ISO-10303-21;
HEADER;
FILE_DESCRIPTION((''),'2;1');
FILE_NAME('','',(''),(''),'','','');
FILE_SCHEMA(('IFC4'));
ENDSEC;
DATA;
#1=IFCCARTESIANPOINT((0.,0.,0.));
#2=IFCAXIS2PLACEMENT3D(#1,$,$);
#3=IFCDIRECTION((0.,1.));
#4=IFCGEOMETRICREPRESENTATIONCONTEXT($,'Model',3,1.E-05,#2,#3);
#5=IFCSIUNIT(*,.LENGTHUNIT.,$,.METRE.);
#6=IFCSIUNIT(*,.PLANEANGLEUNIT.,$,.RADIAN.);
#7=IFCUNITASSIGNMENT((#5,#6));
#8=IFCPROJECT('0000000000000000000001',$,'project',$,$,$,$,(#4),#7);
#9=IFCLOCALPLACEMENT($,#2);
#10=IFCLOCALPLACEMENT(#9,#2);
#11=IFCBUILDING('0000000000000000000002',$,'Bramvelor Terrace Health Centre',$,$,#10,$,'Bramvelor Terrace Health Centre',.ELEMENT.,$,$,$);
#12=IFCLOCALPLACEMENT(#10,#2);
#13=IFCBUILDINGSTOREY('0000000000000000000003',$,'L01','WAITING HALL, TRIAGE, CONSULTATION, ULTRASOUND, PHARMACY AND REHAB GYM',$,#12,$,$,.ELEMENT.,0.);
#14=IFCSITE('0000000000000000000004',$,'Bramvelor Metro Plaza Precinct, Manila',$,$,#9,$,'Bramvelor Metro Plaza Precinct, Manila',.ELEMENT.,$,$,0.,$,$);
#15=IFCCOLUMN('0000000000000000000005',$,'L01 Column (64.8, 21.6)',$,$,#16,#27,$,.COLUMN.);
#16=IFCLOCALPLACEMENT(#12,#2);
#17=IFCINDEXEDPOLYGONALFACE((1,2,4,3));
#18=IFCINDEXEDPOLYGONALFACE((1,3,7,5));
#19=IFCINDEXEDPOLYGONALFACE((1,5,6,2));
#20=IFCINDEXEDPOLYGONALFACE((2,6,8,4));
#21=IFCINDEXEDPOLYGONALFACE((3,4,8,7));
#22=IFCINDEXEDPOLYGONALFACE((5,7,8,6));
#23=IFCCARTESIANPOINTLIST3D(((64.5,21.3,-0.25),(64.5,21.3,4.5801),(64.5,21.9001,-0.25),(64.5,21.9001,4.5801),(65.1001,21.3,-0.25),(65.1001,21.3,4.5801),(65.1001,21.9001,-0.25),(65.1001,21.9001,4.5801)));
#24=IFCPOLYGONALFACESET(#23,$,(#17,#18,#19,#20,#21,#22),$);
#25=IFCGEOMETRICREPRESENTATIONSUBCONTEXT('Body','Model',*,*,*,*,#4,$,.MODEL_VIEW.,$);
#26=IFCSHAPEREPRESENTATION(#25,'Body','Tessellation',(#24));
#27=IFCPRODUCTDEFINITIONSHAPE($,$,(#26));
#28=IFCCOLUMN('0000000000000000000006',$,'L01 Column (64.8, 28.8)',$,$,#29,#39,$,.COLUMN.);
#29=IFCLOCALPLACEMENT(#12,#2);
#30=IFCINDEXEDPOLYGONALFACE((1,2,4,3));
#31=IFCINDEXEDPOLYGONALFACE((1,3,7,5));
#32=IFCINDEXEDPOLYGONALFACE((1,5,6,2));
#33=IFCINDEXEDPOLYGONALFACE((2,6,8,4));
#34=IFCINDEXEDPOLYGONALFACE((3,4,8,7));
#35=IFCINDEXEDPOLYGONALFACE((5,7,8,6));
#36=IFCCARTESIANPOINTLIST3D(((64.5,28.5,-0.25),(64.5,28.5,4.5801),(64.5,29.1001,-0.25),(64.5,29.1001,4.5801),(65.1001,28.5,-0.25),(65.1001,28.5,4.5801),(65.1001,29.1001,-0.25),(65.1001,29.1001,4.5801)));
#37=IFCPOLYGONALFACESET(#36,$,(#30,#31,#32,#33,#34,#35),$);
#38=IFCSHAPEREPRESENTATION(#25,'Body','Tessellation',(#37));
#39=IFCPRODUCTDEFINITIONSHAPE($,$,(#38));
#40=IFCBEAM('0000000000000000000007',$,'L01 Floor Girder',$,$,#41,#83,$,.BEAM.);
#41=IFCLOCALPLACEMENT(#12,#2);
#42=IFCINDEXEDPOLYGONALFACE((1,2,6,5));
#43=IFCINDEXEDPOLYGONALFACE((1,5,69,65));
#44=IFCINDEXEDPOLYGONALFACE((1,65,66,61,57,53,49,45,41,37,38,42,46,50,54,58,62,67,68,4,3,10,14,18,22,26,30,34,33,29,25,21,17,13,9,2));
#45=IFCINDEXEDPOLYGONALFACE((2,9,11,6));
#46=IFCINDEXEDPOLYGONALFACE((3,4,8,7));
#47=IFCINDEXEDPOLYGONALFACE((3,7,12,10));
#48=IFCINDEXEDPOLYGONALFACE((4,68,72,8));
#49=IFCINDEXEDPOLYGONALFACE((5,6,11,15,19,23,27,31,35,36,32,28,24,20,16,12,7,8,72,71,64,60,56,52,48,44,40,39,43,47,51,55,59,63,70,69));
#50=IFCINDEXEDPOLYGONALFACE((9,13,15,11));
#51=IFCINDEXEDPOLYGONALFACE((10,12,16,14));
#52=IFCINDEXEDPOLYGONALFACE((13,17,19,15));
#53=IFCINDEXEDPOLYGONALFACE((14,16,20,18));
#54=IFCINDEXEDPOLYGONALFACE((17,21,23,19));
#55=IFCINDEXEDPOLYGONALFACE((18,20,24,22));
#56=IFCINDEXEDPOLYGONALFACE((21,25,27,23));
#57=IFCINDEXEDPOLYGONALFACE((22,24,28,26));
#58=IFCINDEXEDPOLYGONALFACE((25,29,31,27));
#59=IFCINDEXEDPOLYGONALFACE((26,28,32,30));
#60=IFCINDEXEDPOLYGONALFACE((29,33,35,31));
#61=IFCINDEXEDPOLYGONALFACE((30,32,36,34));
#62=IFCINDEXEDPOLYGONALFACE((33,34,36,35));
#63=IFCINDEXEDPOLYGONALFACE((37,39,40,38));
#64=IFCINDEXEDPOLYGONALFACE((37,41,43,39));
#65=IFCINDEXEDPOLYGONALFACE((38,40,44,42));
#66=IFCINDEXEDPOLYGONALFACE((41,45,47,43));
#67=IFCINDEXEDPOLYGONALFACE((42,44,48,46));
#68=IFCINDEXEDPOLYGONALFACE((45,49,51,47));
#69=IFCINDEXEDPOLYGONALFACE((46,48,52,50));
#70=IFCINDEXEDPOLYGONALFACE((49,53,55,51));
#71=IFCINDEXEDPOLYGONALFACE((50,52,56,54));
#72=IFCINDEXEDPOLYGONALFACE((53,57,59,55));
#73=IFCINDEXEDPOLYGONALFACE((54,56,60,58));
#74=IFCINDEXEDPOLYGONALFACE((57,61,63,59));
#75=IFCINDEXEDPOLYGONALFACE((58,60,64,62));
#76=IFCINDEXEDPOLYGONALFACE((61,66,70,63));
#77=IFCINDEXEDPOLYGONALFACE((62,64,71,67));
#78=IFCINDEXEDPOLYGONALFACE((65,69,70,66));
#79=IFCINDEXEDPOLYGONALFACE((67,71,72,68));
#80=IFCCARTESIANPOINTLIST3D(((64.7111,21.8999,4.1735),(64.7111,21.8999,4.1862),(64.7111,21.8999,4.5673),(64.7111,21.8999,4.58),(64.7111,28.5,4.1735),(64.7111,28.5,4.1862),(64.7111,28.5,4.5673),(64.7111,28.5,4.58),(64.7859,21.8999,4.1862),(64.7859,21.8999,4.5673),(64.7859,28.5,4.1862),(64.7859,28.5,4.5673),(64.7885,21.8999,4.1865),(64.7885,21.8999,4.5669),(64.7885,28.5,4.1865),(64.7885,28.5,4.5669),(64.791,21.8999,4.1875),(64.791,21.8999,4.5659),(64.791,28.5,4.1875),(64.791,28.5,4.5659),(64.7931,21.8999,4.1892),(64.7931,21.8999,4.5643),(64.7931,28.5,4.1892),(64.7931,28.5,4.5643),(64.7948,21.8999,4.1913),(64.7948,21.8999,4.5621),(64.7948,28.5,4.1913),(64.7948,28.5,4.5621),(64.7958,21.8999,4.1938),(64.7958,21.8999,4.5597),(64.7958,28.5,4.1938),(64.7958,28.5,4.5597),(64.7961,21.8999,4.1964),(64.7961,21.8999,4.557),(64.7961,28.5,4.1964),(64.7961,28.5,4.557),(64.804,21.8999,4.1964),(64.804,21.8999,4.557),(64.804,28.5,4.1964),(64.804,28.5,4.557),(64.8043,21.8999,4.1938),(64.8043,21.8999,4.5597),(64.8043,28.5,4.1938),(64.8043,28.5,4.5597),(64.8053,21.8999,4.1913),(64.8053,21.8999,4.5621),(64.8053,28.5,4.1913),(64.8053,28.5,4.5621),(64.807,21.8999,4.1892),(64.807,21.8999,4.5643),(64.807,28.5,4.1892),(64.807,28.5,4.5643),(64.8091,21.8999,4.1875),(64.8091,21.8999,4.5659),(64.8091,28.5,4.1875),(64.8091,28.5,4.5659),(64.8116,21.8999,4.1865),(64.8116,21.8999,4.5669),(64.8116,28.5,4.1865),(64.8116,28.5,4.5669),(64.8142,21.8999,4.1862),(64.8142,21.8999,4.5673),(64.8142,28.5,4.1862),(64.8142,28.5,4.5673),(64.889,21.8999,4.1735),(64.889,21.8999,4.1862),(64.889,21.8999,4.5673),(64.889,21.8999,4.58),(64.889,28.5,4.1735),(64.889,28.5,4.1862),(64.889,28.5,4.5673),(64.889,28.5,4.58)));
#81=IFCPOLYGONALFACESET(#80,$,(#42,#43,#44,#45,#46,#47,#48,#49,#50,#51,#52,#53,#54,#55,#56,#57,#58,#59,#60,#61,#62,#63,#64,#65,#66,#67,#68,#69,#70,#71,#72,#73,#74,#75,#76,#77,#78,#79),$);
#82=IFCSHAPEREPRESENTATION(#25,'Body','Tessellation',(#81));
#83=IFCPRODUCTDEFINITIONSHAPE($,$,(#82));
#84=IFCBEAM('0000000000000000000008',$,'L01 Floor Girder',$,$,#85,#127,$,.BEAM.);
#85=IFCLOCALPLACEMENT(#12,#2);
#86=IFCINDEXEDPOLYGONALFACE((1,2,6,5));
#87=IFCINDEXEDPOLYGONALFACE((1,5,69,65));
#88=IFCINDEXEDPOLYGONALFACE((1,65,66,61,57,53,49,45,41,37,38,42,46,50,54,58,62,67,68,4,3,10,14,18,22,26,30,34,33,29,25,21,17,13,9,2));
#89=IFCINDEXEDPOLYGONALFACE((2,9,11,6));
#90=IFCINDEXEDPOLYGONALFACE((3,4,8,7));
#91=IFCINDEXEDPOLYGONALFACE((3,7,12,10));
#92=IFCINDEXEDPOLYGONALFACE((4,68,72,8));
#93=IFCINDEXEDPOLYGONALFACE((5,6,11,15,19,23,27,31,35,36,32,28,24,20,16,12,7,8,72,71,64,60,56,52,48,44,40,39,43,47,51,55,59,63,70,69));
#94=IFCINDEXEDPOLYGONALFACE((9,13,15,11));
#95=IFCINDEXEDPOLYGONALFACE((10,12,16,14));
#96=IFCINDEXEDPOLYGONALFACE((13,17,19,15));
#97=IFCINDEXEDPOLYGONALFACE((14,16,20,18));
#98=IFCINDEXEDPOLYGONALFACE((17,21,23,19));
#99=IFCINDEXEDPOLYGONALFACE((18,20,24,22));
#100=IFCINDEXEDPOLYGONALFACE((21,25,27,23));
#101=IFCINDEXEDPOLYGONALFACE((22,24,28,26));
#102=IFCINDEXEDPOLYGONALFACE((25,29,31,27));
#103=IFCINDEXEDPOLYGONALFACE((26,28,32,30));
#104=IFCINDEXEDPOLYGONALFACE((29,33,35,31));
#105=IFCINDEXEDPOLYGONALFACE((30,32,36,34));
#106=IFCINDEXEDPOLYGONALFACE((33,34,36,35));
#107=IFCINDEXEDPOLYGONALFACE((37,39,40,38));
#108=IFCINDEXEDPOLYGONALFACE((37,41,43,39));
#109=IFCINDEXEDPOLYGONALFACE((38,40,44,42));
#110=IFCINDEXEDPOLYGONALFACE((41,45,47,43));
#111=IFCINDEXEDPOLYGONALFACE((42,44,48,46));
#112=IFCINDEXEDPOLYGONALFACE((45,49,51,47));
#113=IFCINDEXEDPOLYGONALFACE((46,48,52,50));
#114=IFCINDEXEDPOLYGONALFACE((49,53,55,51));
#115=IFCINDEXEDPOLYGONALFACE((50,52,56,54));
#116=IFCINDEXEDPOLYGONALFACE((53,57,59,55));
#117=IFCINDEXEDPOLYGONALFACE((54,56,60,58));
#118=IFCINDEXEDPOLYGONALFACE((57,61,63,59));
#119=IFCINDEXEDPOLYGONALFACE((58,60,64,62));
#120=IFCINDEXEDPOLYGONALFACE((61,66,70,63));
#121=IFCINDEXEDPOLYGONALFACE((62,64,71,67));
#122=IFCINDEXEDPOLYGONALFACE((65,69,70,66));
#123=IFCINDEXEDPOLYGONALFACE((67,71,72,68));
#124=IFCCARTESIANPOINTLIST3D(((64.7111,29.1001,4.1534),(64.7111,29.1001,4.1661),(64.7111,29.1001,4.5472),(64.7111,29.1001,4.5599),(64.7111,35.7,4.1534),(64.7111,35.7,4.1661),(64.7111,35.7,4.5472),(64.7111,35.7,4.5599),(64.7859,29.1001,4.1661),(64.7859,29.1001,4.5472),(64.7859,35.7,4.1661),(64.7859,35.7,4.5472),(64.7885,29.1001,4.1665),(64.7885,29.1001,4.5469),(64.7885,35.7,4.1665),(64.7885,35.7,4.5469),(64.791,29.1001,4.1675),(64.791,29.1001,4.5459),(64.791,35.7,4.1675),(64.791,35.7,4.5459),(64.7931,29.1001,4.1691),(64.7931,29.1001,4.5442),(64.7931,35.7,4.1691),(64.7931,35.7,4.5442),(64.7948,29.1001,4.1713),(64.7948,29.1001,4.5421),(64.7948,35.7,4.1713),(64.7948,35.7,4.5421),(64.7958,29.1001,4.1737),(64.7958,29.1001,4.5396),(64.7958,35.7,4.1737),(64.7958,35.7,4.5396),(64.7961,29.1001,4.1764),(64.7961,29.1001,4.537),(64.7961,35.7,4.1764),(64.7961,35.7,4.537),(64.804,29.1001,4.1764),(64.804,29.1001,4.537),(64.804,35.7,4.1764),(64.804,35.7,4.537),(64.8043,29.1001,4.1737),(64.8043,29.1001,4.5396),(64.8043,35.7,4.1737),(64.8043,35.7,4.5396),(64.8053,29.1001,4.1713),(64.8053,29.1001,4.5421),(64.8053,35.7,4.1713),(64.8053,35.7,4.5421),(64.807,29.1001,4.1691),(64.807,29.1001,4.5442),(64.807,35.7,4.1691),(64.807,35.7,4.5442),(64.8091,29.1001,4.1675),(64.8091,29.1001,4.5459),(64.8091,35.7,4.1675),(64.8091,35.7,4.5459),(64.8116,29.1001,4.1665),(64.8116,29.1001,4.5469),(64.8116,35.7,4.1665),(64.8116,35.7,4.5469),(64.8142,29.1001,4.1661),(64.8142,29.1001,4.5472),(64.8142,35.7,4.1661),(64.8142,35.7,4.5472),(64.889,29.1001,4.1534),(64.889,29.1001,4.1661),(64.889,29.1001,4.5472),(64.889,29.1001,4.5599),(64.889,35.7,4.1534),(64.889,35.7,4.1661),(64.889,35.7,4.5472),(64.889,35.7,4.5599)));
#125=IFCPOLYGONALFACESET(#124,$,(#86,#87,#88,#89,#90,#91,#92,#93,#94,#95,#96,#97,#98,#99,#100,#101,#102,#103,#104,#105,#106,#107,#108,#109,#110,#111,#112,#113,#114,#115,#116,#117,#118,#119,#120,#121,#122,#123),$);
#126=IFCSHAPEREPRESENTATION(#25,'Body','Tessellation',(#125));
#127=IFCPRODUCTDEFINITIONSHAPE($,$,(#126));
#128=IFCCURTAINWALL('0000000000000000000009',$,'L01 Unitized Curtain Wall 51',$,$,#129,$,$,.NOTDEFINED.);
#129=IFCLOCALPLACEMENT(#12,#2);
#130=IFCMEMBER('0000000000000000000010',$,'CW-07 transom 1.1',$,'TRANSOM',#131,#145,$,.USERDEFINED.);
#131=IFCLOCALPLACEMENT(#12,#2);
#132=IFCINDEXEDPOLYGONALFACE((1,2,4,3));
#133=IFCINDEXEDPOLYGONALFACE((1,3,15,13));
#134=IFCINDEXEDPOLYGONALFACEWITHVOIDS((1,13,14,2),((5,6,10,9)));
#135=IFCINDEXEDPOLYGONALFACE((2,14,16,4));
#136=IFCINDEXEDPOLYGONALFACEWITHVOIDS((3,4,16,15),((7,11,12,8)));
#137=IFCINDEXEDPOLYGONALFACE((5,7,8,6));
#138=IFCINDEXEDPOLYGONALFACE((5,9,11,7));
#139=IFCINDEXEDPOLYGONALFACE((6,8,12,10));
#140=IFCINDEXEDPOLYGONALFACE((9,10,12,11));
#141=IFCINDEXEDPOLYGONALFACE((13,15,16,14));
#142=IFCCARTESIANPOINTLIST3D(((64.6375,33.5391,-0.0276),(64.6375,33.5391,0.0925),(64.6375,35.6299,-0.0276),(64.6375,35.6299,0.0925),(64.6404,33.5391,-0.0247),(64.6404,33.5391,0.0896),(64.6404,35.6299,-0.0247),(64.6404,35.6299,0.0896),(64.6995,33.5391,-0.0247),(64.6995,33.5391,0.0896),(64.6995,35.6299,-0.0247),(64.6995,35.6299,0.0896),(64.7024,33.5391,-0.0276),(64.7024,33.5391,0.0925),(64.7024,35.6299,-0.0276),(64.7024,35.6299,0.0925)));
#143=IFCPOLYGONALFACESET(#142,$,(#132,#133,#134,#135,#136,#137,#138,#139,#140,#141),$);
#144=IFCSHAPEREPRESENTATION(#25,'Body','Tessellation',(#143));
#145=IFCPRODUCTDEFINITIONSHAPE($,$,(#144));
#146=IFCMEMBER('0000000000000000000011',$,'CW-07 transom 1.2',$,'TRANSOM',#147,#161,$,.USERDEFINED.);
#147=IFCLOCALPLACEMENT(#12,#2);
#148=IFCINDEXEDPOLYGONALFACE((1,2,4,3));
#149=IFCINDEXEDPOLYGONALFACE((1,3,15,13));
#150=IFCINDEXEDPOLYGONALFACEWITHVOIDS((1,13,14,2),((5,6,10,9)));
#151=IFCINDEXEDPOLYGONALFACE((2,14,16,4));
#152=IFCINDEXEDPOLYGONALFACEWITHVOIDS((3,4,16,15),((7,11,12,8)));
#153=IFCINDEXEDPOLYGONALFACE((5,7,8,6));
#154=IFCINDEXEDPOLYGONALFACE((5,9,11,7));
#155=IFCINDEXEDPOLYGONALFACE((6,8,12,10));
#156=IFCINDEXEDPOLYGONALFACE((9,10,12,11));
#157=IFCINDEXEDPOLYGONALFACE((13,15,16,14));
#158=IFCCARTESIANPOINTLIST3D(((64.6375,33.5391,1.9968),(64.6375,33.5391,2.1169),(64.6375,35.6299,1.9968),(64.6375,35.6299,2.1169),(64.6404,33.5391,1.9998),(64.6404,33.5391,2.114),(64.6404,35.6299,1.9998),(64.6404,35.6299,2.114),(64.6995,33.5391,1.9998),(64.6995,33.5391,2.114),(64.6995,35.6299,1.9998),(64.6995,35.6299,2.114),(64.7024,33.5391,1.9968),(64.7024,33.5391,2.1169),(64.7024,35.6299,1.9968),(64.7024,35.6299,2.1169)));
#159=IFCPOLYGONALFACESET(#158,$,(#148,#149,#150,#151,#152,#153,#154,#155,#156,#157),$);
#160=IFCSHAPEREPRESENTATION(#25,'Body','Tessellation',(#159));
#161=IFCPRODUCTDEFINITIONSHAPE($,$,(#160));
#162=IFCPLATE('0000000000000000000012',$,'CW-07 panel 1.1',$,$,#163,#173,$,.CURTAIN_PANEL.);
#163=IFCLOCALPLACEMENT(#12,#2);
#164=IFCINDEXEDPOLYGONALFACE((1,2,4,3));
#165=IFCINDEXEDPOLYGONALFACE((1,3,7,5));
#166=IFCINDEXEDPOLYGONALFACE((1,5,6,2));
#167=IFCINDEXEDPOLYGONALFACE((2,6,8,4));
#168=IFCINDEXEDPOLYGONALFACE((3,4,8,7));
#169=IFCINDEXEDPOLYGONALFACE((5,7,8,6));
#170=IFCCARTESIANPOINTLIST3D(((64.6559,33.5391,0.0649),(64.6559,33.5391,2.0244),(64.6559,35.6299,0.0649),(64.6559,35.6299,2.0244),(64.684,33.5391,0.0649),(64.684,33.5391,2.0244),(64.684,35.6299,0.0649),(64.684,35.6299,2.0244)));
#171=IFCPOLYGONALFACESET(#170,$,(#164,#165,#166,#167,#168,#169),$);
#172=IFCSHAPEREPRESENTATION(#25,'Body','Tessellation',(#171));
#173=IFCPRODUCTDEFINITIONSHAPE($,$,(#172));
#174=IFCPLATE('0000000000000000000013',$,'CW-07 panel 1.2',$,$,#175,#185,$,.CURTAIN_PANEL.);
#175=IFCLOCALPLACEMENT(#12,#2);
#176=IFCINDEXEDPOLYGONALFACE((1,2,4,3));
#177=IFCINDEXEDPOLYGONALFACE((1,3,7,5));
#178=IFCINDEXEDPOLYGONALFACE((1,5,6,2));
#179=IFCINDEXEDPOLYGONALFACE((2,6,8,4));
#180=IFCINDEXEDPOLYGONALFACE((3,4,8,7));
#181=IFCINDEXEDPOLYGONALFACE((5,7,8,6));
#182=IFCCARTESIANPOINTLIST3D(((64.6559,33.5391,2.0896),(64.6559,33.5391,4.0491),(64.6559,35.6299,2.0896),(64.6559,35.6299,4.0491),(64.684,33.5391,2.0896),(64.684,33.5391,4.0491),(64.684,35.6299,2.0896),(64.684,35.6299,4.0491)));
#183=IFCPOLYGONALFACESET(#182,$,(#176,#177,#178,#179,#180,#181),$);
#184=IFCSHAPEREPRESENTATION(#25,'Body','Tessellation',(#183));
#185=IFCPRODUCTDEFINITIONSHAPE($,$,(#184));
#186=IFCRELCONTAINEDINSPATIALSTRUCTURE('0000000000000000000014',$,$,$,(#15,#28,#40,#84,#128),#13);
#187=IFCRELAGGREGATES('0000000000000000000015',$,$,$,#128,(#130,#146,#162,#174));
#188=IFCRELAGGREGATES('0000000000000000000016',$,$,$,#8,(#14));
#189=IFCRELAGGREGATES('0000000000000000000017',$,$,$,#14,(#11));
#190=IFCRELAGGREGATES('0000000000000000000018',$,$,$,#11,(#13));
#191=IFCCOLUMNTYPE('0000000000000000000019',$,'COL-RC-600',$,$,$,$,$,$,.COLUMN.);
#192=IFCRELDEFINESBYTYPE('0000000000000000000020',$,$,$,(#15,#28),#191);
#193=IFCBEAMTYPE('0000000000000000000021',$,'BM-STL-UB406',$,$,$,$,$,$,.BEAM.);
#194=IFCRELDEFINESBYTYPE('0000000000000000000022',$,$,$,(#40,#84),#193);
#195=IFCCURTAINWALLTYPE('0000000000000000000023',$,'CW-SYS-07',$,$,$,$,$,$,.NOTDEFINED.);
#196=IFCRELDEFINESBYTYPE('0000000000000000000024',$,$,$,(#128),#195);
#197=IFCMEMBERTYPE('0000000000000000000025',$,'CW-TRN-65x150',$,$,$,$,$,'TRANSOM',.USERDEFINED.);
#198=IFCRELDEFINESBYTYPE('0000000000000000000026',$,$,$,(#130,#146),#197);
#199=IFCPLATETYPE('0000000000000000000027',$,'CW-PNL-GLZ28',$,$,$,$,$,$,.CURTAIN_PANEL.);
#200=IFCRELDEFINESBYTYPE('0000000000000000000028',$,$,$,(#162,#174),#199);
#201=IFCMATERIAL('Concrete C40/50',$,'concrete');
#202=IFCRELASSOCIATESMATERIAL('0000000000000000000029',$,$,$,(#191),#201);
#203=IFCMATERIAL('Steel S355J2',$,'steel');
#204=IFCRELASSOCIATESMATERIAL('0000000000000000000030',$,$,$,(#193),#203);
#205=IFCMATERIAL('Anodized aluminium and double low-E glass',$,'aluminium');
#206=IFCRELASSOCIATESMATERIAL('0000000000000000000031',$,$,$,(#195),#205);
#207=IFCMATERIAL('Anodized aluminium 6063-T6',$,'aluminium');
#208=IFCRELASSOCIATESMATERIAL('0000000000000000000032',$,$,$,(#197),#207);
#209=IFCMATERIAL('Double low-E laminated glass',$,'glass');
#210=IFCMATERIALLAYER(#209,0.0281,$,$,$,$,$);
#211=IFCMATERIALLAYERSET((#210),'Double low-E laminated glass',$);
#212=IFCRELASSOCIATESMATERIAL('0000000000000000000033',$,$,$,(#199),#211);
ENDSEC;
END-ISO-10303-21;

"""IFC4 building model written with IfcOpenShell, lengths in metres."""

from ifc_helpers import new_model, si_unit, direction, frame, origin, origin_2d, place, context, subcontext, project, spatial, rectangle, hollow_rectangle, i_section, extrude, material, layer, layer_set, material_profile, profile_set, type_object, element, aggregate, save


model = new_model("IFC4")

# Units and contexts
model_context = context("Model", 3, precision=1e-05, world=origin(), true_north=direction((0.0, 1.0)))
body_context = subcontext(model_context, "Body", "Model", "MODEL_VIEW")
ifc_project = project(units=[si_unit("LENGTHUNIT", "METRE"), si_unit("PLANEANGLEUNIT", "RADIAN")], contexts=[model_context])

# Site, building, storey
site_placement = place(None, origin())
site = spatial("IfcSite", under=ifc_project, at=site_placement, Name="Bramvelor Metro Plaza Precinct, Manila", LongName="Bramvelor Metro Plaza Precinct, Manila", CompositionType="ELEMENT", RefElevation=0.0)
building_placement = place(site_placement, origin())
building = spatial("IfcBuilding", under=site, at=building_placement, Name="Bramvelor Terrace Health Centre", LongName="Bramvelor Terrace Health Centre", CompositionType="ELEMENT")
storey_placement = place(building_placement, origin())
storey = spatial("IfcBuildingStorey", under=building, at=storey_placement, Name="L01", Description="WAITING HALL, TRIAGE, CONSULTATION, ULTRASOUND, PHARMACY AND REHAB GYM", CompositionType="ELEMENT", Elevation=0.0)

# Columns
ifc_material_1 = material(Name="Concrete C40/50", Category="concrete")
ifc_material_profile_1 = material_profile(ifc_material_1, rectangle(XDim=0.6001, YDim=0.6001, at=origin_2d()), Name="RC 600x600")
ifc_profile_set_1 = profile_set([ifc_material_profile_1], Name="Concrete C40/50")
column_type = type_object("IfcColumnType", Name="COL-RC-600", PredefinedType="COLUMN", material=ifc_profile_set_1)
for number, where, z_axis, x_axis, name in (
    (1, (64.8, 21.6001, -0.25), (0.0, 0.0, 1.0), (1.0, 0.0, 0.0), "L01 Column (64.8, 21.6)"),
    (2, (64.8, 28.8, -0.25), (0.0, 0.0, 1.0), (1.0, 0.0, 0.0), "L01 Column (64.8, 28.8)"),
):
    element("IfcColumn", number, at=place(storey_placement, frame(where, z_axis=z_axis, x_axis=x_axis)), inside=storey, type_object=column_type, Name=name, PredefinedType="COLUMN", context=body_context, shape_type="SweptSolid", body=[
        extrude(rectangle(XDim=0.6001, YDim=0.6001, at=origin_2d()), origin(), (0.0, 0.0, 1.0), 4.8301),
    ])

# Beams
ifc_material_2 = material(Name="Steel S355J2", Category="steel")
ifc_material_profile_2 = material_profile(ifc_material_2, i_section(OverallWidth=0.178, OverallDepth=0.4065, WebThickness=0.0078, FlangeThickness=0.0127, FilletRadius=0.0103, at=origin_2d()), Name="UB 406x178x60")
ifc_profile_set_2 = profile_set([ifc_material_profile_2], Name="Steel S355J2")
beam_type = type_object("IfcBeamType", Name="BM-STL-UB406", PredefinedType="BEAM", material=ifc_profile_set_2)
beam_1_placement = place(storey_placement, frame((64.8, 21.8999, 4.3767), z_axis=(0.0, 1.0, 0.0), x_axis=(-1.0, 0.0, 0.0)))
element("IfcBeam", 3, at=beam_1_placement, inside=storey, type_object=beam_type, Name="L01 Floor Girder", PredefinedType="BEAM", context=body_context, shape_type="SweptSolid", body=[
    extrude(i_section(OverallWidth=0.178, OverallDepth=0.4065, WebThickness=0.0078, FlangeThickness=0.0127, FilletRadius=0.0103, at=origin_2d()), origin(), (0.0, 0.0, 1.0), 6.6001),
])
beam_2_placement = place(storey_placement, frame((64.8, 29.1001, 4.3567), z_axis=(0.0, 1.0, 0.0), x_axis=(-1.0, 0.0, 0.0)))
element("IfcBeam", 4, at=beam_2_placement, inside=storey, type_object=beam_type, Name="L01 Floor Girder", PredefinedType="BEAM", context=body_context, shape_type="SweptSolid", body=[
    extrude(i_section(OverallWidth=0.178, OverallDepth=0.4065, WebThickness=0.0078, FlangeThickness=0.0127, FilletRadius=0.0103, at=origin_2d()), origin(), (0.0, 0.0, 1.0), 6.5999),
])

# Curtain wall, members, plates
ifc_material_3 = material(Name="Anodized aluminium and double low-E glass", Category="aluminium")
curtain_wall_type = type_object("IfcCurtainWallType", Name="CW-SYS-07", PredefinedType="NOTDEFINED", material=ifc_material_3)
curtain_wall_placement = place(storey_placement, origin())
curtain_wall = element("IfcCurtainWall", 5, at=curtain_wall_placement, inside=storey, type_object=curtain_wall_type, Name="L01 Unitized Curtain Wall 51", PredefinedType="NOTDEFINED")
ifc_material_4 = material(Name="Anodized aluminium 6063-T6", Category="aluminium")
ifc_material_profile_3 = material_profile(ifc_material_4, hollow_rectangle(XDim=0.0649, YDim=0.1201, WallThickness=0.0029, at=origin_2d()), Name="ALU-TRN 65x120x3.0")
ifc_profile_set_3 = profile_set([ifc_material_profile_3], Name="Anodized aluminium 6063-T6")
member_type = type_object("IfcMemberType", Name="CW-TRN-65x150", ElementType="TRANSOM", PredefinedType="USERDEFINED", material=ifc_profile_set_3)
member_1_placement = place(storey_placement, frame((64.6699, 35.6299, 0.0325), z_axis=(0.0, -1.0, 0.0), x_axis=(1.0, 0.0, 0.0)))
member_1 = element("IfcMember", 6, at=member_1_placement, type_object=member_type, Name="CW-07 transom 1.1", ObjectType="TRANSOM", PredefinedType="USERDEFINED", context=body_context, shape_type="SweptSolid", body=[
    extrude(hollow_rectangle(XDim=0.0649, YDim=0.1201, WallThickness=0.0029, at=origin_2d()), origin(), (0.0, 0.0, 1.0), 2.0908),
])
member_2_placement = place(storey_placement, frame((64.6699, 35.6299, 2.0569), z_axis=(0.0, -1.0, 0.0), x_axis=(1.0, 0.0, 0.0)))
member_2 = element("IfcMember", 7, at=member_2_placement, type_object=member_type, Name="CW-07 transom 1.2", ObjectType="TRANSOM", PredefinedType="USERDEFINED", context=body_context, shape_type="SweptSolid", body=[
    extrude(hollow_rectangle(XDim=0.0649, YDim=0.1201, WallThickness=0.0029, at=origin_2d()), origin(), (0.0, 0.0, 1.0), 2.0908),
])
ifc_material_5 = material(Name="Double low-E laminated glass", Category="glass")
ifc_layer_1 = layer(ifc_material_5, 0.0281)
ifc_layer_set_1 = layer_set([ifc_layer_1], Name="Double low-E laminated glass")
plate_type = type_object("IfcPlateType", Name="CW-PNL-GLZ28", PredefinedType="CURTAIN_PANEL", material=ifc_layer_set_1)
plate_1_placement = place(storey_placement, frame((64.6699, 34.5845, 0.0649), z_axis=(0.0, 0.0, 1.0), x_axis=(0.0, -1.0, 0.0)))
plate_1 = element("IfcPlate", 8, at=plate_1_placement, type_object=plate_type, Name="CW-07 panel 1.1", PredefinedType="CURTAIN_PANEL", context=body_context, shape_type="SweptSolid", body=[
    extrude(rectangle(XDim=2.0908, YDim=0.0281, at=origin_2d()), origin(), (0.0, 0.0, 1.0), 1.9595),
])
plate_2_placement = place(storey_placement, frame((64.6699, 34.5845, 2.0896), z_axis=(0.0, 0.0, 1.0), x_axis=(0.0, -1.0, 0.0)))
plate_2 = element("IfcPlate", 9, at=plate_2_placement, type_object=plate_type, Name="CW-07 panel 1.2", PredefinedType="CURTAIN_PANEL", context=body_context, shape_type="SweptSolid", body=[
    extrude(rectangle(XDim=2.0908, YDim=0.0281, at=origin_2d()), origin(), (0.0, 0.0, 1.0), 1.9595),
])
aggregate(curtain_wall, [member_1, member_2, plate_1, plate_2])

save(model, "model.ifc")
